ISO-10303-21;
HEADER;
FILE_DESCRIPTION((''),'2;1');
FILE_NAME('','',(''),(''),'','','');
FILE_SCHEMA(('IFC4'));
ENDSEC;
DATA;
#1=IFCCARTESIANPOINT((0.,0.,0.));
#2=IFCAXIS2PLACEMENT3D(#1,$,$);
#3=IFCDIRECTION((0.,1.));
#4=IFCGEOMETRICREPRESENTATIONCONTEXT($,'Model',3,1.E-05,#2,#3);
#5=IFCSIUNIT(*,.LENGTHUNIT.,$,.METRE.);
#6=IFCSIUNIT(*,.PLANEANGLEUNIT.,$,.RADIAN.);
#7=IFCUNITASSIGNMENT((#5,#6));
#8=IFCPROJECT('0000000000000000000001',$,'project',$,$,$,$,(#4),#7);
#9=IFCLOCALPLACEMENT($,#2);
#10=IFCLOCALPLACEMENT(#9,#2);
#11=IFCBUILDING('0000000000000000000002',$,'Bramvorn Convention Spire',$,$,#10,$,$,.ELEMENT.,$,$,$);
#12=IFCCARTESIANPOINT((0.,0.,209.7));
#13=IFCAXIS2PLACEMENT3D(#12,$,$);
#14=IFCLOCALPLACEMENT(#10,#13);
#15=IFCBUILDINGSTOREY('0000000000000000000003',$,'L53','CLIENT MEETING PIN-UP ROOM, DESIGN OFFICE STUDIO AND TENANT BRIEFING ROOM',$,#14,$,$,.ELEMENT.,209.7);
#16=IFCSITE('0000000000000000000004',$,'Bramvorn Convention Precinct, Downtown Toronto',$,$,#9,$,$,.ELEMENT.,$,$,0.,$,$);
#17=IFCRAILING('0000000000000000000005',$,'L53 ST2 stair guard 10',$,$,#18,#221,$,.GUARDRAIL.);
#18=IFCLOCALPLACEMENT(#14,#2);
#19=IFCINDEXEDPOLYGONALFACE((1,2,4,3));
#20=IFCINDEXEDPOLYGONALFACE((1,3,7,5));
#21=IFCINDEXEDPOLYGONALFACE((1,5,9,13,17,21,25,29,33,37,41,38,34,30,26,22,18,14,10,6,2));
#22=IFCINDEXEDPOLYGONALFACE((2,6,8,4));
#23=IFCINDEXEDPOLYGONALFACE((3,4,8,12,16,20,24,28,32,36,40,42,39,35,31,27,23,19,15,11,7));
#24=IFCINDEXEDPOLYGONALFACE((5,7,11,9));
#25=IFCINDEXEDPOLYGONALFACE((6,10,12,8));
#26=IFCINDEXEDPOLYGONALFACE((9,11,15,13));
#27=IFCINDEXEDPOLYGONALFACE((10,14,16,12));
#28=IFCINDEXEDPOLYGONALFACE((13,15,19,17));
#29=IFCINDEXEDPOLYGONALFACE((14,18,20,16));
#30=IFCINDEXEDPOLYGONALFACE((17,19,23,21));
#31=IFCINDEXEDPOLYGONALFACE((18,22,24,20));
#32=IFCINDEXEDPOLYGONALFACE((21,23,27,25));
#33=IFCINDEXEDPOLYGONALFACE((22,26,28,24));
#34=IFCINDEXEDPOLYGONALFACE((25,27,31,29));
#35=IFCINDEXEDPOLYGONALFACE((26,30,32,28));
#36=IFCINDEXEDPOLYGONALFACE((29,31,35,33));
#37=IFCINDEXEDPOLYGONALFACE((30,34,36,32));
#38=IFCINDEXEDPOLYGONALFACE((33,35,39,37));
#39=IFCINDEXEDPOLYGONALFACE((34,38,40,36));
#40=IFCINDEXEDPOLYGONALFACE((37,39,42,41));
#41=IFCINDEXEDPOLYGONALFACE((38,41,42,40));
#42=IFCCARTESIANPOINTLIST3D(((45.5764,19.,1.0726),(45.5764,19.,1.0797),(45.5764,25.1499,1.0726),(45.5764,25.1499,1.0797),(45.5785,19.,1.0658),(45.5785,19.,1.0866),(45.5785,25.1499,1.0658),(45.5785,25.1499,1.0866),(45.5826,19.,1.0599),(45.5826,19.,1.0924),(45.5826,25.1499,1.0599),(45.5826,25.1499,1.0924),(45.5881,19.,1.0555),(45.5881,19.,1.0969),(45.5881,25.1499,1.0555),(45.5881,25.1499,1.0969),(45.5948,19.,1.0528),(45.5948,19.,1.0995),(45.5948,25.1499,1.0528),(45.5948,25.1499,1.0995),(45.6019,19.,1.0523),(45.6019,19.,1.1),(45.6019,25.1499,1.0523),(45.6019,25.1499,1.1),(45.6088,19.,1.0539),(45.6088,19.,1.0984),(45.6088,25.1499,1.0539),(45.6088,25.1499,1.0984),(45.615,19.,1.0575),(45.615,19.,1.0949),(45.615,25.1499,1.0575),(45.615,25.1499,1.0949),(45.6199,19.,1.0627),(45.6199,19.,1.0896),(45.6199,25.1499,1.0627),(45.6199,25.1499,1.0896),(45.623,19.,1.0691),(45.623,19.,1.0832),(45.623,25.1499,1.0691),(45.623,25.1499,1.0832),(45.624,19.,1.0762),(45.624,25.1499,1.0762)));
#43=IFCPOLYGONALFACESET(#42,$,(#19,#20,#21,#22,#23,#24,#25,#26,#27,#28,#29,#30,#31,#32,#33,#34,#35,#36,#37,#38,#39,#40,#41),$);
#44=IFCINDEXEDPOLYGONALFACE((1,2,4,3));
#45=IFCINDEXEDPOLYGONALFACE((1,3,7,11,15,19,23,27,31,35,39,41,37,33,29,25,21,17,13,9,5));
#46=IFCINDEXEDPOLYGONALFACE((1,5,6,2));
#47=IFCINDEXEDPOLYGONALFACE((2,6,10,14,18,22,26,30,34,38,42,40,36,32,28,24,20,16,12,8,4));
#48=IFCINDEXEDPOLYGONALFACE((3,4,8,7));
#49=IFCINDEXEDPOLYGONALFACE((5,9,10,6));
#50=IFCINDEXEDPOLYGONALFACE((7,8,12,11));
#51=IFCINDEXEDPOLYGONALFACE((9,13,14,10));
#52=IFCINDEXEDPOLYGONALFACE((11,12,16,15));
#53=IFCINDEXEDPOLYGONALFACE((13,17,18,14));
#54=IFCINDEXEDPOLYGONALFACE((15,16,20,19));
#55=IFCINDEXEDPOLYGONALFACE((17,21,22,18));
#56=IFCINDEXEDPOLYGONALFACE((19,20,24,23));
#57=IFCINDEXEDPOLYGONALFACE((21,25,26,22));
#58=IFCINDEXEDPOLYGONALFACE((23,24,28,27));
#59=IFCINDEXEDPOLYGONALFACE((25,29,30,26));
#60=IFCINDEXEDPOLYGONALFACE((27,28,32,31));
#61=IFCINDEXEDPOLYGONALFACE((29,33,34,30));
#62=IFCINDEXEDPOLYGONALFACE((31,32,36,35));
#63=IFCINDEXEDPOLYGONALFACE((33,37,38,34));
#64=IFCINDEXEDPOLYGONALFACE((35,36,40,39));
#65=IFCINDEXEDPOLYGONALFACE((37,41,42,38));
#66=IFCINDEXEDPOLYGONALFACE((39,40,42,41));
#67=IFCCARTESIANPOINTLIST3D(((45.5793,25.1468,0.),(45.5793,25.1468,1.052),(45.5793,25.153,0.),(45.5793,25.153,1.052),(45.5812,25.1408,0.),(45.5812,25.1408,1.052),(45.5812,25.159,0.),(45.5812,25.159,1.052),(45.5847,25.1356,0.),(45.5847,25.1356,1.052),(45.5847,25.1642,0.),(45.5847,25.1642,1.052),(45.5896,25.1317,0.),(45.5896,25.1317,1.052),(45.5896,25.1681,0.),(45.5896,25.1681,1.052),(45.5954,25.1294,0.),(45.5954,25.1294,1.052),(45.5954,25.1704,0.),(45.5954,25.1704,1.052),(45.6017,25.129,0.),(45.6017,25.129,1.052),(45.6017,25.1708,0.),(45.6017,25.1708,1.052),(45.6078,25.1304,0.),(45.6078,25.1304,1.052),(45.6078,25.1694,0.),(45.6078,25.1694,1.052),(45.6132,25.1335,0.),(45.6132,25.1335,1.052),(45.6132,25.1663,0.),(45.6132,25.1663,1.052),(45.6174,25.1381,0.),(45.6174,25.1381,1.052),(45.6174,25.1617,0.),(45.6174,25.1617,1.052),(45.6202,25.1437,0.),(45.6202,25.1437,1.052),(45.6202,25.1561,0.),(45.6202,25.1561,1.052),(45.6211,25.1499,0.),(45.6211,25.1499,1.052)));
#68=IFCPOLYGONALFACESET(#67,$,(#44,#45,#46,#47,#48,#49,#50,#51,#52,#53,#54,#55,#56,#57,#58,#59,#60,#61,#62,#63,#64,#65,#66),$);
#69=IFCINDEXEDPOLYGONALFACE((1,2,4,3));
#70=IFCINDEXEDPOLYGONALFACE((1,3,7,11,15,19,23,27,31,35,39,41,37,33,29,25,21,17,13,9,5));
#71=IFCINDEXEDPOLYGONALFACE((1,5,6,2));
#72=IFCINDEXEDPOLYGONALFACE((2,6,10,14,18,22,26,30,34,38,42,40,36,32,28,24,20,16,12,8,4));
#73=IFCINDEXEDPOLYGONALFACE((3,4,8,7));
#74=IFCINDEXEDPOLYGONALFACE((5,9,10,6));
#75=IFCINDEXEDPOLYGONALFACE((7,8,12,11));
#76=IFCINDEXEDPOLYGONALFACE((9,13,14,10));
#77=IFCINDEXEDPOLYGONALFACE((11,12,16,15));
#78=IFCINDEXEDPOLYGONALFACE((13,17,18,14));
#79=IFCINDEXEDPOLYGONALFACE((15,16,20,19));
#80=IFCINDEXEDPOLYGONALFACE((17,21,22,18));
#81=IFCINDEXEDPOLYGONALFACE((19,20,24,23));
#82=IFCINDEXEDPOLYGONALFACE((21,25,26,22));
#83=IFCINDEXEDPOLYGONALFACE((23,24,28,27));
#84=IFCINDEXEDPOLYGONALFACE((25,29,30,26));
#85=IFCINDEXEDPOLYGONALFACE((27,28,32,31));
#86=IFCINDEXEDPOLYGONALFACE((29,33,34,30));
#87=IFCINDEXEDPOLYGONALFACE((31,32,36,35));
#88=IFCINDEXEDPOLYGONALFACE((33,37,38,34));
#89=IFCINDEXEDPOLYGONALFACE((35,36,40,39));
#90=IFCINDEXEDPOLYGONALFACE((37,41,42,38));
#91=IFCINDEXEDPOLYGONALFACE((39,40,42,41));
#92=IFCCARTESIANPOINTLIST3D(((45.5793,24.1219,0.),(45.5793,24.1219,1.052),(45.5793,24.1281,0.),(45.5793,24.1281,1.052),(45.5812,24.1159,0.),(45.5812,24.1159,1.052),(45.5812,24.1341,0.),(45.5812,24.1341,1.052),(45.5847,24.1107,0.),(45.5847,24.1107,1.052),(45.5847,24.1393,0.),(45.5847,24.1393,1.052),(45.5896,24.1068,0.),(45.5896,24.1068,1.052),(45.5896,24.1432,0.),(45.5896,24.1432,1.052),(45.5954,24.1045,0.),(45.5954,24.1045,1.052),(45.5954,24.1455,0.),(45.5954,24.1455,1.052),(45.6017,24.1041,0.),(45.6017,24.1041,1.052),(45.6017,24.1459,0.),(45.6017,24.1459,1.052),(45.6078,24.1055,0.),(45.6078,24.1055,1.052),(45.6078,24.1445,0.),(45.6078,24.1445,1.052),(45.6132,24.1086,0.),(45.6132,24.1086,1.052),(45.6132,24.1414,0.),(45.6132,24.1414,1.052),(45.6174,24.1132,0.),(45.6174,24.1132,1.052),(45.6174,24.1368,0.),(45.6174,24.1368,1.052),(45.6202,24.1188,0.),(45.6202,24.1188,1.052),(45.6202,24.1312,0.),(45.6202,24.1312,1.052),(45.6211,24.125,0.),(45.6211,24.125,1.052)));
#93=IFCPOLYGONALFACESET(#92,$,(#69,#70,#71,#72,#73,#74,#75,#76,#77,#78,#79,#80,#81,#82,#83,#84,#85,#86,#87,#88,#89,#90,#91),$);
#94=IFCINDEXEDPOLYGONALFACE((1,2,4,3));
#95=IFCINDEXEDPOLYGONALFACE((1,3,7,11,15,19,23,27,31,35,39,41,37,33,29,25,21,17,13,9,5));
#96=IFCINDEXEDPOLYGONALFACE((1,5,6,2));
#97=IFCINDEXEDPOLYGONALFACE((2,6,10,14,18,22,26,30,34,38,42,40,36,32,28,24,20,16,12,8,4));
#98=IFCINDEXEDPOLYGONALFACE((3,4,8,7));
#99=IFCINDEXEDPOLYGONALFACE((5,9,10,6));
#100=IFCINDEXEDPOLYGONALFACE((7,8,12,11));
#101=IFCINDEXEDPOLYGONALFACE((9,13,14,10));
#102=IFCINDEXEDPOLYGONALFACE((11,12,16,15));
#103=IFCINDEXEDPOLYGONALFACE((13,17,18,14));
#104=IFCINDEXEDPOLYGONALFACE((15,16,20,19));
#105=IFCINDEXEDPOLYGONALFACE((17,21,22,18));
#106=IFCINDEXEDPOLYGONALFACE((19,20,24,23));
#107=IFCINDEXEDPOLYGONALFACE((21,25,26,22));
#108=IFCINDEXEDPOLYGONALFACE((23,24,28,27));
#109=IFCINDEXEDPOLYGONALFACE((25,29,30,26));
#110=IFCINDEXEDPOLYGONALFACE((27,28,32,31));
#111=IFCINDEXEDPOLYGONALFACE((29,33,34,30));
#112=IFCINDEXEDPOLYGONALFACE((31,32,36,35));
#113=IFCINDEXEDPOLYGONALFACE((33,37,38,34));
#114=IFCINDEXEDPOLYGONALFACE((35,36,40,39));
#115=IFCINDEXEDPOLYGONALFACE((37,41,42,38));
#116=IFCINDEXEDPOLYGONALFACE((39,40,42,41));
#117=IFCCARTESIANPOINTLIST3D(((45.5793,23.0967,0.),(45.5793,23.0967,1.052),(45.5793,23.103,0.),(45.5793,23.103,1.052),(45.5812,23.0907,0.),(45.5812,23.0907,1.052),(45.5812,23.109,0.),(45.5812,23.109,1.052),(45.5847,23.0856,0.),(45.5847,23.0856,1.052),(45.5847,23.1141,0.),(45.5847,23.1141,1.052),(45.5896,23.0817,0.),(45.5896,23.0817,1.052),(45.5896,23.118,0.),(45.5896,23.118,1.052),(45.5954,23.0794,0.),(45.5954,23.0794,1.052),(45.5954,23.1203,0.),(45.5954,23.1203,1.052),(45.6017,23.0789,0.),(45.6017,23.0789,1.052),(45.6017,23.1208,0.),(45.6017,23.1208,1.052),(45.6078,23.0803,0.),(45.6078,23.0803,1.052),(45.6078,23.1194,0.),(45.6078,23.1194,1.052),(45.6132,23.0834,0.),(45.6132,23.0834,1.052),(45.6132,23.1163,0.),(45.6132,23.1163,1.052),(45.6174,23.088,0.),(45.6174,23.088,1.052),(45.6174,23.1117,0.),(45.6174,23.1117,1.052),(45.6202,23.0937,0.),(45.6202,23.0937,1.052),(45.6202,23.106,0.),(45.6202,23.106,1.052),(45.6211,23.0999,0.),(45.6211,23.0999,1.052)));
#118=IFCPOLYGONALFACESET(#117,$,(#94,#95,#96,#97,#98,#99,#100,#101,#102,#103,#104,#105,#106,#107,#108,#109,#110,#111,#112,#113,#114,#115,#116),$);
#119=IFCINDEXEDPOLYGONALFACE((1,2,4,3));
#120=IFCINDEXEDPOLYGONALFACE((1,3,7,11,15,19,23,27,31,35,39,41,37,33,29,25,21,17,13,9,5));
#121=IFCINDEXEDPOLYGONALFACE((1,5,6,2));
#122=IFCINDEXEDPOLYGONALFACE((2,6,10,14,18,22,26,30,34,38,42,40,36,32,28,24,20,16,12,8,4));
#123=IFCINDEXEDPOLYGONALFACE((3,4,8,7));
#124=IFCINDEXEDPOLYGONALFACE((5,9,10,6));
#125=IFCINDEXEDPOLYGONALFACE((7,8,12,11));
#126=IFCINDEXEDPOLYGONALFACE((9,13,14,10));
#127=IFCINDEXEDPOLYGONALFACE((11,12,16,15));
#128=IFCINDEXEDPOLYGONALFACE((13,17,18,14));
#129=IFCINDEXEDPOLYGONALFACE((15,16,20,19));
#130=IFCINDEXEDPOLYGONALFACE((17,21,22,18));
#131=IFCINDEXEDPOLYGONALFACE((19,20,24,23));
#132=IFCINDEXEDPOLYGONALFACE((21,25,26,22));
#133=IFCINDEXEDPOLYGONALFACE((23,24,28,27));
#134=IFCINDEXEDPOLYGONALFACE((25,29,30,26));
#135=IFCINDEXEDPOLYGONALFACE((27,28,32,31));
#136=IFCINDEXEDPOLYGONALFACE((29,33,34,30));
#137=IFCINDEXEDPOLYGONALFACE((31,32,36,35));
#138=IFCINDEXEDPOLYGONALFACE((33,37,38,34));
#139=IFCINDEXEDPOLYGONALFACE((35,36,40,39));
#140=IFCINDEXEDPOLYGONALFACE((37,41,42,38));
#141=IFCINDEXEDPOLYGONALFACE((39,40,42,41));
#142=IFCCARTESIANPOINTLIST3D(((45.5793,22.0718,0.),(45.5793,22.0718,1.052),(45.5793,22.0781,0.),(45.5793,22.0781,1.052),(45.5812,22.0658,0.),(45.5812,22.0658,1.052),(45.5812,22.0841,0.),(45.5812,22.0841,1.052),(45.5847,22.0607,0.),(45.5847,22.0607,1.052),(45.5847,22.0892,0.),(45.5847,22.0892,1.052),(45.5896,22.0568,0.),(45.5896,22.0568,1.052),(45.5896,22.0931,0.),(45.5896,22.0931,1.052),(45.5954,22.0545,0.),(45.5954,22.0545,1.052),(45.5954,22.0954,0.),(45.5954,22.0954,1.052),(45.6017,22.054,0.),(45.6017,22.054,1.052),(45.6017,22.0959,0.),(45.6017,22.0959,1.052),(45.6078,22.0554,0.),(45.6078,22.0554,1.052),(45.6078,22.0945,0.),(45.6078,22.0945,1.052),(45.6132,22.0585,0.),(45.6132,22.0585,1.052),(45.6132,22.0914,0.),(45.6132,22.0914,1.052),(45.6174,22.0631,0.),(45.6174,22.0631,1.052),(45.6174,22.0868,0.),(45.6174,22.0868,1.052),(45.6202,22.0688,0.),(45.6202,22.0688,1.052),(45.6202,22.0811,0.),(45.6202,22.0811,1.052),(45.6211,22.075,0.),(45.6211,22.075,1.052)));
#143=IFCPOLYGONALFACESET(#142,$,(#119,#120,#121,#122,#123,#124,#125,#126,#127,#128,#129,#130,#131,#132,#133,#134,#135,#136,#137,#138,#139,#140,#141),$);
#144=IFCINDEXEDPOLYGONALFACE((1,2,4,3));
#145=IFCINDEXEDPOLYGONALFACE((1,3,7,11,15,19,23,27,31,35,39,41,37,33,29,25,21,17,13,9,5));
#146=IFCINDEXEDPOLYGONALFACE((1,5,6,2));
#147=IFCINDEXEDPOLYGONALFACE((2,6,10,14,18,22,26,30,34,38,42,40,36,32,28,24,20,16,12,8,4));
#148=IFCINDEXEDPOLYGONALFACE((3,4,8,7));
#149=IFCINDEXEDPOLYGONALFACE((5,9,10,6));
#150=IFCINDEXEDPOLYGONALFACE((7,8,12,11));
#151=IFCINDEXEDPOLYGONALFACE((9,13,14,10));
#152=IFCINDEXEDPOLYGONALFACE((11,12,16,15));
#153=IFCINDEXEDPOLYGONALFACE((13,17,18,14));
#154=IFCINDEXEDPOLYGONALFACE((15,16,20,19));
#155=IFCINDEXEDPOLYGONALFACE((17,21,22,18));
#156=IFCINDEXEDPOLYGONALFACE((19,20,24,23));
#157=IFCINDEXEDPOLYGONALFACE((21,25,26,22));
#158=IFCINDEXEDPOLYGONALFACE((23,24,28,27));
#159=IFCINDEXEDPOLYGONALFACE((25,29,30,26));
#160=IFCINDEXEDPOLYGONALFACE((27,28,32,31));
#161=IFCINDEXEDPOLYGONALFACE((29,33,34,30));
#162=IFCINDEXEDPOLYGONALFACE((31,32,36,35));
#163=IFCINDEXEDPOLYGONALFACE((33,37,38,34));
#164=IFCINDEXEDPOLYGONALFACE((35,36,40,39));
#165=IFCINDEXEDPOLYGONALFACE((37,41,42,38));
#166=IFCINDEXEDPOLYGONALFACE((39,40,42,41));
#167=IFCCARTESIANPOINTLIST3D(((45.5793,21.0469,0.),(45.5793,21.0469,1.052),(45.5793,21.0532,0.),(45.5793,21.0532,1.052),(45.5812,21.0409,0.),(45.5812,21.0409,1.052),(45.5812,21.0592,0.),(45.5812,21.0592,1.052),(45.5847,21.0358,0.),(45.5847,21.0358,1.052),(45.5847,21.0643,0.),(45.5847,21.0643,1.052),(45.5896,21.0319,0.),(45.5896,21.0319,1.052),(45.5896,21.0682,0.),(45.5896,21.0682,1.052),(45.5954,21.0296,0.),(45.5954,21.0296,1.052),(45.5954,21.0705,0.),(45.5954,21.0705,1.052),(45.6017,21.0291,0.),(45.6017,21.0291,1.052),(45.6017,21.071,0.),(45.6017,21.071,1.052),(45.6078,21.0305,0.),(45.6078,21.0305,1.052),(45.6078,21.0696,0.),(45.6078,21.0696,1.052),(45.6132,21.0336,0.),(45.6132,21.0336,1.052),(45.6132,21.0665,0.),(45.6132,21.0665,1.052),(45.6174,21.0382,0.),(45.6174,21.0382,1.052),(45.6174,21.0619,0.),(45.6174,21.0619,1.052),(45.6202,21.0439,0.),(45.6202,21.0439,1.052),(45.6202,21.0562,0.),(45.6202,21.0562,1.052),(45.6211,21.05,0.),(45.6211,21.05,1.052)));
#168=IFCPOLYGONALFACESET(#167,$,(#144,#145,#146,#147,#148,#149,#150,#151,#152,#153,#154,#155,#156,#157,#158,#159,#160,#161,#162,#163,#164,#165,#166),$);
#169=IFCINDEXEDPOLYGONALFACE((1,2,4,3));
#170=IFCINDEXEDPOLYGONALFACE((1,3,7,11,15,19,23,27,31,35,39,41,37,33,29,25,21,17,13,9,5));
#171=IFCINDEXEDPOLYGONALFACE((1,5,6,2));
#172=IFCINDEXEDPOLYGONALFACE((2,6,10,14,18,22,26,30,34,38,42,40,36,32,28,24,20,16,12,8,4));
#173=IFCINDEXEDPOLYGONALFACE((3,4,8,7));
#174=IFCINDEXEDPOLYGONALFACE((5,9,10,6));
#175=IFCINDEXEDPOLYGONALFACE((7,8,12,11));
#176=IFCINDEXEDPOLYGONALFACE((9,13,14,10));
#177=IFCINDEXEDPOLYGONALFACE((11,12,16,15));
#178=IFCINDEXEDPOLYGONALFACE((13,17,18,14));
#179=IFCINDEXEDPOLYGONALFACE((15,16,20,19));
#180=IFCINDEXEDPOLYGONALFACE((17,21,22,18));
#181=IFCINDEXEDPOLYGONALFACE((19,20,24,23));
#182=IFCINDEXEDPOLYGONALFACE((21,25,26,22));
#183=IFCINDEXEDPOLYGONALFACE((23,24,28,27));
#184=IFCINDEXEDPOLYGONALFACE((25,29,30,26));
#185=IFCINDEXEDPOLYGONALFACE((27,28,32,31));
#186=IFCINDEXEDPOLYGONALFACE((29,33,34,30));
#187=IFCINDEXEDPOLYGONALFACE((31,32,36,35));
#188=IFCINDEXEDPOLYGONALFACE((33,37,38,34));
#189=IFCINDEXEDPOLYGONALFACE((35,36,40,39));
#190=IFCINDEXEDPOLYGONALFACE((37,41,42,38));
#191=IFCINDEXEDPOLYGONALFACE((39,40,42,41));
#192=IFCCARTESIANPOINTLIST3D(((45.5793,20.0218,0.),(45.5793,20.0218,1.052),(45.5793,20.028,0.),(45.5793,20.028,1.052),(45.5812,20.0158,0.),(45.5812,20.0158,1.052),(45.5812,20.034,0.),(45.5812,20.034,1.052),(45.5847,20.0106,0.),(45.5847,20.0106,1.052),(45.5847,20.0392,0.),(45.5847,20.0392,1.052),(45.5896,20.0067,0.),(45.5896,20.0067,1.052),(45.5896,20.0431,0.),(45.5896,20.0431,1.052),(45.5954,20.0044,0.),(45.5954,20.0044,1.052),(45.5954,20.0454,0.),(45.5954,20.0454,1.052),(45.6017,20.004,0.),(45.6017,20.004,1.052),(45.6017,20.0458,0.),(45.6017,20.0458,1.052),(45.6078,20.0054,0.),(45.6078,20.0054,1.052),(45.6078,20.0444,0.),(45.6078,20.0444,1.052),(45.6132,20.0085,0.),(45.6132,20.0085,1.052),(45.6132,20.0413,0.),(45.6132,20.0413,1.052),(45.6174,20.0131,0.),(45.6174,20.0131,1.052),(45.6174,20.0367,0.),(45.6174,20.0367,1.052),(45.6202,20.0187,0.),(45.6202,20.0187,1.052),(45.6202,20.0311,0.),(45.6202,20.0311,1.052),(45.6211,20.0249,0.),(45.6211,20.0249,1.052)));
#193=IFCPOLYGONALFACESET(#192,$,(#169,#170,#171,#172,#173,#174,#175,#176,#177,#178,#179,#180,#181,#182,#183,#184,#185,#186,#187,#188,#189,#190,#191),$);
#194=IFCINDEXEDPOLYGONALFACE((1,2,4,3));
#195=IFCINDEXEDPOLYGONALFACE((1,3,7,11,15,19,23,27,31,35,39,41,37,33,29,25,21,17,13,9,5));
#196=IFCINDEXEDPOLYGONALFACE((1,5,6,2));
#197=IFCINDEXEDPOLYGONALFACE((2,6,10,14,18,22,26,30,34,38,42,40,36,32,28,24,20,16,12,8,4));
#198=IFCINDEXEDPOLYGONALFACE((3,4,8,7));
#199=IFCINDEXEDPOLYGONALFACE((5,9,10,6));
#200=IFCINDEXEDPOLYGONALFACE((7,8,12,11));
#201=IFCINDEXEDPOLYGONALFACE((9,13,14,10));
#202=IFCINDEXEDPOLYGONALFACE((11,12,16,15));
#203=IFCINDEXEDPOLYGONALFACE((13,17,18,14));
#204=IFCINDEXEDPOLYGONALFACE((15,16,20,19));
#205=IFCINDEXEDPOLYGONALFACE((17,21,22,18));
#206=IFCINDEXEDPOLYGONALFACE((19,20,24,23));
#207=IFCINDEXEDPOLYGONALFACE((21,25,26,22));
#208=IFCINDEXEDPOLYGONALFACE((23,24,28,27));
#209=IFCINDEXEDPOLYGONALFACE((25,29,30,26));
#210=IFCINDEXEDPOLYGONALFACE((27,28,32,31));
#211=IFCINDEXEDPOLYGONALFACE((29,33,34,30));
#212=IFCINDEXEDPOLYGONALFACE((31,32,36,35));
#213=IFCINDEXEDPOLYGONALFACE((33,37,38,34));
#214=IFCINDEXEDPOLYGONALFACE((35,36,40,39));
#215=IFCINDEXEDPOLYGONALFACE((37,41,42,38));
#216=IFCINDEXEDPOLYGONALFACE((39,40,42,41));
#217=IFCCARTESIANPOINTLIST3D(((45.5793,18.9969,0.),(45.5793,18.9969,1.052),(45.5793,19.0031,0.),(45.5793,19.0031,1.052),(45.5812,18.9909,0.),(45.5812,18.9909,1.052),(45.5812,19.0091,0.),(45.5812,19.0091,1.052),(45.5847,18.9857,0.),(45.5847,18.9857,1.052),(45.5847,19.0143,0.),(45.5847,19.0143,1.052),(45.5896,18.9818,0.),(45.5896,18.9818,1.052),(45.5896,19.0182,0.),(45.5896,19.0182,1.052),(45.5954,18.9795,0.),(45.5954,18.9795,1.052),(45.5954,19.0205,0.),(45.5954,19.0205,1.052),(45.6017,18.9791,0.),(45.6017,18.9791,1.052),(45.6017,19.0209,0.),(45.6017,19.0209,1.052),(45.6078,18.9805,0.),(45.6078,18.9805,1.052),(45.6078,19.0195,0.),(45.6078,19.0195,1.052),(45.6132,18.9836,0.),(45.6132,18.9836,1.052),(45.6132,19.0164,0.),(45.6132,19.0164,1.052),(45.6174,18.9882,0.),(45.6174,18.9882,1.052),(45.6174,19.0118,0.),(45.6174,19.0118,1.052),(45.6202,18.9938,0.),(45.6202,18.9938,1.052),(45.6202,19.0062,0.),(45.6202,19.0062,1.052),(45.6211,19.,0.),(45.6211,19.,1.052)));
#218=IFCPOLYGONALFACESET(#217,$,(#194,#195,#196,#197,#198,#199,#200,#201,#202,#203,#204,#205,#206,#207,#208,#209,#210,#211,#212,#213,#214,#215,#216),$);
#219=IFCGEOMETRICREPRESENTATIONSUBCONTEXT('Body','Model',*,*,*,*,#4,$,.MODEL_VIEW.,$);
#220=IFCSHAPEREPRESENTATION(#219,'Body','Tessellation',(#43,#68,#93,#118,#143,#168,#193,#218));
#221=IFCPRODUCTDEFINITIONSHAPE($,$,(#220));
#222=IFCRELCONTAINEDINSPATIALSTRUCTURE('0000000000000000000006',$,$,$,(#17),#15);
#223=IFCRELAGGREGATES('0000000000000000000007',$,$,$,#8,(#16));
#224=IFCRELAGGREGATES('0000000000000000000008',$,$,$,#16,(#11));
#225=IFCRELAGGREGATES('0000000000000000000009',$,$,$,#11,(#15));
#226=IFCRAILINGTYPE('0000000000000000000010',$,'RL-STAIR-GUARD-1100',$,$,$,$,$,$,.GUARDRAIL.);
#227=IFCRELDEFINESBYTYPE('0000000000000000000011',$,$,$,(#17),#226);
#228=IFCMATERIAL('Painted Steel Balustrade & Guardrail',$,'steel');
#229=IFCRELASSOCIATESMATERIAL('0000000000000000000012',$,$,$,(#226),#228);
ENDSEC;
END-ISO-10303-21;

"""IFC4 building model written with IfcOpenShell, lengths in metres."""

from ifc_helpers import new_model, si_unit, direction, frame, origin, origin_2d, place, context, subcontext, project, spatial, circle, extrude, material, type_object, element, save


model = new_model("IFC4")

# Units and contexts
model_context = context("Model", 3, precision=1e-05, world=origin(), true_north=direction((0.0, 1.0)))
body_context = subcontext(model_context, "Body", "Model", "MODEL_VIEW")
ifc_project = project(units=[si_unit("LENGTHUNIT", "METRE"), si_unit("PLANEANGLEUNIT", "RADIAN")], contexts=[model_context])

# Site, building, storey
site_placement = place(None, origin())
site = spatial("IfcSite", under=ifc_project, at=site_placement, Name="Bramvorn Convention Precinct, Downtown Toronto", CompositionType="ELEMENT", RefElevation=0.0)
building_placement = place(site_placement, origin())
building = spatial("IfcBuilding", under=site, at=building_placement, Name="Bramvorn Convention Spire", CompositionType="ELEMENT")
storey_placement = place(building_placement, frame((0.0, 0.0, 209.7)))
storey = spatial("IfcBuildingStorey", under=building, at=storey_placement, Name="L53", Description="CLIENT MEETING PIN-UP ROOM, DESIGN OFFICE STUDIO AND TENANT BRIEFING ROOM", CompositionType="ELEMENT", Elevation=209.7)

# Railing
ifc_material_1 = material(Name="Painted Steel Balustrade & Guardrail", Category="steel")
railing_type_1 = type_object("IfcRailingType", Name="RL-STAIR-GUARD-1100", PredefinedType="GUARDRAIL", material=ifc_material_1)
railing_1_placement = place(storey_placement, frame((45.6001, 25.1499, 0.0)))
element("IfcRailing", 1, at=railing_1_placement, inside=storey, type_object=railing_type_1, Name="L53 ST2 stair guard 10", PredefinedType="GUARDRAIL", context=body_context, shape_type="SweptSolid", body=[
    extrude(circle(Radius=0.0239, at=origin_2d()), frame((0.0, 0.0, 1.0762), z_axis=(0.0, -1.0, 0.0), x_axis=(1.0, 0.0, 0.0)), (0.0, 0.0, 1.0), 6.1499),
    extrude(circle(Radius=0.021, at=origin_2d()), origin(), (0.0, 0.0, 1.0), 1.052),
    extrude(circle(Radius=0.021, at=origin_2d()), frame((0.0, -1.0249, 0.0)), (0.0, 0.0, 1.0), 1.052),
    extrude(circle(Radius=0.021, at=origin_2d()), frame((0.0, -2.05, 0.0)), (0.0, 0.0, 1.0), 1.052),
    extrude(circle(Radius=0.021, at=origin_2d()), frame((0.0, -3.075, 0.0)), (0.0, 0.0, 1.0), 1.052),
    extrude(circle(Radius=0.021, at=origin_2d()), frame((0.0, -4.0999, 0.0)), (0.0, 0.0, 1.0), 1.052),
    extrude(circle(Radius=0.021, at=origin_2d()), frame((0.0, -5.125, 0.0)), (0.0, 0.0, 1.0), 1.052),
    extrude(circle(Radius=0.021, at=origin_2d()), frame((0.0, -6.1499, 0.0)), (0.0, 0.0, 1.0), 1.052),
])

save(model, "model.ifc")
